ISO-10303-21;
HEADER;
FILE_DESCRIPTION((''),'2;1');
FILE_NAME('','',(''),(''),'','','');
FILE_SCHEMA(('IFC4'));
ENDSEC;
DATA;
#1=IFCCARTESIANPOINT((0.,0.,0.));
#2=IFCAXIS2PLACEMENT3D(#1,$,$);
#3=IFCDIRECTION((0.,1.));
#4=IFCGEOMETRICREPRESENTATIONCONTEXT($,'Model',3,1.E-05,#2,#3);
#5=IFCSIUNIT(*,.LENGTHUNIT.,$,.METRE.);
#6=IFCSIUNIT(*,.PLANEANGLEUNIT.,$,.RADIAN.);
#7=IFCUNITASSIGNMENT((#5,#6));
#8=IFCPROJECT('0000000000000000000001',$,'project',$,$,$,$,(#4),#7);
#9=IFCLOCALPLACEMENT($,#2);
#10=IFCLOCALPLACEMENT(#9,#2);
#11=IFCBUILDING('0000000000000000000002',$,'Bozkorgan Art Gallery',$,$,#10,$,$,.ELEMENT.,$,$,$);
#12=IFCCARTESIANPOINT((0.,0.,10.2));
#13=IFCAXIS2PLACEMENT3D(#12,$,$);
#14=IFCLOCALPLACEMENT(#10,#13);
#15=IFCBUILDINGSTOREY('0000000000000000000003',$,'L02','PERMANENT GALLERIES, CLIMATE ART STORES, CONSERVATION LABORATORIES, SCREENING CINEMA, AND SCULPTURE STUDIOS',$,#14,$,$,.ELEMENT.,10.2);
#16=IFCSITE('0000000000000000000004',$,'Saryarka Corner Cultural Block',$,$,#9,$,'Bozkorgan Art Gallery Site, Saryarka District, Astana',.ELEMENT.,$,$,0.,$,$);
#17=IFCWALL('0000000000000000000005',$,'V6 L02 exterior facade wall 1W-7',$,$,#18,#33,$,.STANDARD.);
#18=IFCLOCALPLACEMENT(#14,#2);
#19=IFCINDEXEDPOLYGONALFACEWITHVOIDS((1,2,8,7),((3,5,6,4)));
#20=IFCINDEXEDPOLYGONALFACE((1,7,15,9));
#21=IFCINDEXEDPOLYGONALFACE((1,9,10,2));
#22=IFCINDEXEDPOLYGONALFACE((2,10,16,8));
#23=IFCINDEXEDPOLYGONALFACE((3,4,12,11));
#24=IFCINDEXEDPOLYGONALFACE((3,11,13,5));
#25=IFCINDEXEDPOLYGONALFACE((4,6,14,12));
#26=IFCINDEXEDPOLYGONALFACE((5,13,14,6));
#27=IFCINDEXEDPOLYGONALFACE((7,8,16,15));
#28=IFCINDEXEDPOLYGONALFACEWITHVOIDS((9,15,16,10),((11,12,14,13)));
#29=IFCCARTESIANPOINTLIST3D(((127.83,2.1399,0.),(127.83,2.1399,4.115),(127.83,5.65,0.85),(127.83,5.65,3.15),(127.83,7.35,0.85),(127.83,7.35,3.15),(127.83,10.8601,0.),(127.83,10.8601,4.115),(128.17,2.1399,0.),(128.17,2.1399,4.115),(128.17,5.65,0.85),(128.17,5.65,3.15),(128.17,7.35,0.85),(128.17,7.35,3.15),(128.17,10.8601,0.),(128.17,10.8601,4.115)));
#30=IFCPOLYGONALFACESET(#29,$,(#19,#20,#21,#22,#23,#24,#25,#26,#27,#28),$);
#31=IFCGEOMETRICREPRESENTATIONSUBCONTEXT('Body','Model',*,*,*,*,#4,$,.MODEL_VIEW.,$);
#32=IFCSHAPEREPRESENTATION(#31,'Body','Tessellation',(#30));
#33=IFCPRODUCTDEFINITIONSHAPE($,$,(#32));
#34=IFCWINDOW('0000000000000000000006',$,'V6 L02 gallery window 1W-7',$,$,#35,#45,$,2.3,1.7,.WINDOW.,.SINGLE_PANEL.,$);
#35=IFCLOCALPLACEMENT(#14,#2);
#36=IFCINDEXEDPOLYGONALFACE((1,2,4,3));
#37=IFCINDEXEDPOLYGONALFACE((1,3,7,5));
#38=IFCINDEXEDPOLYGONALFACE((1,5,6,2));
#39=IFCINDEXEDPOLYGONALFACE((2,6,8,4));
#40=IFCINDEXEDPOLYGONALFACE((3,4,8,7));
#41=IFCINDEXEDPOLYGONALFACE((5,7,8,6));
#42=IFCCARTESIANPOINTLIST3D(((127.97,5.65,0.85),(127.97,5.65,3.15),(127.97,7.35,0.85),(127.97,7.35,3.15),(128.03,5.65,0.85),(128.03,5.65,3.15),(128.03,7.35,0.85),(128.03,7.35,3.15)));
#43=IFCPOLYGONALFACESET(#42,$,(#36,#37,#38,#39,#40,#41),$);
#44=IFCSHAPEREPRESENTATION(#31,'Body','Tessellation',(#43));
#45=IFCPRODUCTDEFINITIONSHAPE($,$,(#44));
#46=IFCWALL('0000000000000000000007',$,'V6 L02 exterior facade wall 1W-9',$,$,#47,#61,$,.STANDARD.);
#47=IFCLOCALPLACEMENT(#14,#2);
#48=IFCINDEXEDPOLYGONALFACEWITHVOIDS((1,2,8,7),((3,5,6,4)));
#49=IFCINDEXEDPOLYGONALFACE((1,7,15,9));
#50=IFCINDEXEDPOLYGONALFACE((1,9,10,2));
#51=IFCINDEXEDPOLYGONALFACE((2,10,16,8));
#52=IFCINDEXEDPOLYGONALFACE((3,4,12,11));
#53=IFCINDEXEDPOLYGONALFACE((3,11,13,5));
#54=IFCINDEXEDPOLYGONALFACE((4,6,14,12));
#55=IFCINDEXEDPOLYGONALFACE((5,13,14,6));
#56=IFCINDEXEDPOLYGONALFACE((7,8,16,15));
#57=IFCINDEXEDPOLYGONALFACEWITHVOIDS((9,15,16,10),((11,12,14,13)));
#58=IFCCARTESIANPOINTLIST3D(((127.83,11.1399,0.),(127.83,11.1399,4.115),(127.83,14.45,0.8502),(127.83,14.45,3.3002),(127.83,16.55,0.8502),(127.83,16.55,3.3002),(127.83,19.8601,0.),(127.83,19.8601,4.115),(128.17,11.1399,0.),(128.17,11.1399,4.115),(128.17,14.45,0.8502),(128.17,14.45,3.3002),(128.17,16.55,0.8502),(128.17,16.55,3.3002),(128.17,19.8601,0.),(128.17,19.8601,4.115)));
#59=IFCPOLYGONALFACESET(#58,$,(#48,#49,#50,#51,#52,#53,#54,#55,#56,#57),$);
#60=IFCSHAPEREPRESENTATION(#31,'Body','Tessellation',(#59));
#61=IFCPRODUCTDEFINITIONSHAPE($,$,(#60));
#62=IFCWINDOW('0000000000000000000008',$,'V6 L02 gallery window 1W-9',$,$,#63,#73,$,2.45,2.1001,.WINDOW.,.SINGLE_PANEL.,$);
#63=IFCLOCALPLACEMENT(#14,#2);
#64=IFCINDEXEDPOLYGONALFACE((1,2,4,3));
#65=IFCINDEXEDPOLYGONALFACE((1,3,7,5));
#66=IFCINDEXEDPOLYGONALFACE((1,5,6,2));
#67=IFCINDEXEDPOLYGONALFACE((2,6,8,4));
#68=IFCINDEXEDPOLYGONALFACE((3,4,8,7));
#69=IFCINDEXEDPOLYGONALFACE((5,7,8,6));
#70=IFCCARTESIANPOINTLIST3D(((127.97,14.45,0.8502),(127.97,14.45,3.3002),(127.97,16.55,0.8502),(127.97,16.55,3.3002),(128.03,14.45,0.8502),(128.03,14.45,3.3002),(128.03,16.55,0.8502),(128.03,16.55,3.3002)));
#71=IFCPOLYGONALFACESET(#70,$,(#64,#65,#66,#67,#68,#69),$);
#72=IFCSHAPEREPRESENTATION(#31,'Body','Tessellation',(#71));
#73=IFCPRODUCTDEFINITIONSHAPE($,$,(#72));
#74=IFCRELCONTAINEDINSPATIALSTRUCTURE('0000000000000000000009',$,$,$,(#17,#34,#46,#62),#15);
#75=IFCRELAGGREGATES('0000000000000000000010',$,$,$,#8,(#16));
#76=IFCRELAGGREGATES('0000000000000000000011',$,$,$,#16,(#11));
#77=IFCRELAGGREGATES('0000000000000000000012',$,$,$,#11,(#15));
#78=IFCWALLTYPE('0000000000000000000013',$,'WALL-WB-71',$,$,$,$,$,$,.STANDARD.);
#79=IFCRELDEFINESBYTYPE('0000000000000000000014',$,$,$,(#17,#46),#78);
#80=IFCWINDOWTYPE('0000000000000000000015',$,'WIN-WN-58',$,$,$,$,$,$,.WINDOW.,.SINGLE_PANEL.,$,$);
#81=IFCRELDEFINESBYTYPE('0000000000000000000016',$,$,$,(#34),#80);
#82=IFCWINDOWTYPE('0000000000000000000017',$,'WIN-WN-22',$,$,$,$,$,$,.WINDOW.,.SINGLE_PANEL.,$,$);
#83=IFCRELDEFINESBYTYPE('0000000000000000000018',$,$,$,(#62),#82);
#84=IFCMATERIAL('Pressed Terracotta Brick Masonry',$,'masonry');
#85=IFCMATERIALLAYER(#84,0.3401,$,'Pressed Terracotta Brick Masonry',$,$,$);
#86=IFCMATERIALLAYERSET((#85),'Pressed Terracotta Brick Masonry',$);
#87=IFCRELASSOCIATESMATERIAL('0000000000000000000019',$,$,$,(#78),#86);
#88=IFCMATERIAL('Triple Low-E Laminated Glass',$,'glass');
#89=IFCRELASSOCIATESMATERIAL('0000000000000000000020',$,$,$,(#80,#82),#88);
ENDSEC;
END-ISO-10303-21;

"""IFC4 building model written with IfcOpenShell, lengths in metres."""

from ifc_helpers import new_model, si_unit, direction, frame, frame_2d, origin, place, context, subcontext, project, spatial, rectangle, extrude, material, layer, layer_set, type_object, element, fill, save


model = new_model("IFC4")

# Units and contexts
model_context = context("Model", 3, precision=1e-05, world=origin(), true_north=direction((0.0, 1.0)))
body_context = subcontext(model_context, "Body", "Model", "MODEL_VIEW")
ifc_project = project(units=[si_unit("LENGTHUNIT", "METRE"), si_unit("PLANEANGLEUNIT", "RADIAN")], contexts=[model_context])

# Site, building, storey
site_placement = place(None, origin())
site = spatial("IfcSite", under=ifc_project, at=site_placement, Name="Saryarka Corner Cultural Block", LongName="Bozkorgan Art Gallery Site, Saryarka District, Astana", CompositionType="ELEMENT", RefElevation=0.0)
building_placement = place(site_placement, origin())
building = spatial("IfcBuilding", under=site, at=building_placement, Name="Bozkorgan Art Gallery", CompositionType="ELEMENT")
storey_placement = place(building_placement, frame((0.0, 0.0, 10.2)))
storey = spatial("IfcBuildingStorey", under=building, at=storey_placement, Name="L02", Description="PERMANENT GALLERIES, CLIMATE ART STORES, CONSERVATION LABORATORIES, SCREENING CINEMA, AND SCULPTURE STUDIOS", CompositionType="ELEMENT", Elevation=10.2)

# Shared definitions
ifc_material_1 = material(Name="Triple Low-E Laminated Glass", Category="glass")

# Walls, openings, windows
ifc_material_2 = material(Name="Pressed Terracotta Brick Masonry", Category="masonry")
ifc_layer_1 = layer(ifc_material_2, 0.3401, Name="Pressed Terracotta Brick Masonry")
ifc_layer_set_1 = layer_set([ifc_layer_1], Name="Pressed Terracotta Brick Masonry")
wall_type_1 = type_object("IfcWallType", Name="WALL-WB-71", PredefinedType="STANDARD", material=ifc_layer_set_1)
wall_1_placement = place(storey_placement, frame((128.0, 2.1399, 0.0), z_axis=(0.0, 0.0, 1.0), x_axis=(0.0, 1.0, 0.0)))
wall_1 = element("IfcWall", 1, at=wall_1_placement, inside=storey, type_object=wall_type_1, Name="V6 L02 exterior facade wall 1W-7", PredefinedType="STANDARD", context=body_context, shape_type="SweptSolid", body=[
    extrude(rectangle(XDim=8.7202, YDim=0.3401, at=frame_2d((4.3601, 0.0))), origin(), (0.0, 0.0, 1.0), 4.115),
])
opening_1_placement = place(wall_1_placement, frame((3.51, 0.0, 0.8501)))
opening_1 = element("IfcOpeningElement", 2, at=opening_1_placement, cuts=wall_1, PredefinedType="OPENING", context=body_context, shape_type="SweptSolid", body=[
    extrude(rectangle(XDim=1.7, YDim=2.3, at=frame_2d((0.8501, 1.1499))), frame((0.0, 0.1802, 0.0), z_axis=(0.0, -1.0, 0.0), x_axis=(1.0, 0.0, 0.0)), (0.0, 0.0, 1.0), 0.3601),
])
window_type_1 = type_object("IfcWindowType", Name="WIN-WN-58", PartitioningType="SINGLE_PANEL", PredefinedType="WINDOW", material=ifc_material_1)
window_1_placement = place(opening_1_placement, origin())
window_1 = element("IfcWindow", 3, at=window_1_placement, inside=storey, type_object=window_type_1, Name="V6 L02 gallery window 1W-7", OverallHeight=2.3, OverallWidth=1.7, PartitioningType="SINGLE_PANEL", PredefinedType="WINDOW", context=body_context, shape_type="SweptSolid", body=[
    extrude(rectangle(XDim=1.7, YDim=2.3, at=frame_2d((0.8501, 1.1499))), frame((0.0, 0.03, 0.0), z_axis=(0.0, -1.0, 0.0), x_axis=(1.0, 0.0, 0.0)), (0.0, 0.0, 1.0), 0.0601),
])
fill(opening_1, window_1)
wall_2_placement = place(storey_placement, frame((128.0, 11.1399, 0.0), z_axis=(0.0, 0.0, 1.0), x_axis=(0.0, 1.0, 0.0)))
wall_2 = element("IfcWall", 4, at=wall_2_placement, inside=storey, type_object=wall_type_1, Name="V6 L02 exterior facade wall 1W-9", PredefinedType="STANDARD", context=body_context, shape_type="SweptSolid", body=[
    extrude(rectangle(XDim=8.7202, YDim=0.3401, at=frame_2d((4.3601, 0.0))), origin(), (0.0, 0.0, 1.0), 4.115),
])
opening_2_placement = place(wall_2_placement, frame((3.3101, 0.0, 0.8501)))
opening_2 = element("IfcOpeningElement", 5, at=opening_2_placement, cuts=wall_2, PredefinedType="OPENING", context=body_context, shape_type="SweptSolid", body=[
    extrude(rectangle(XDim=2.1001, YDim=2.45, at=frame_2d((1.05, 1.2251))), frame((0.0, 0.1802, 0.0), z_axis=(0.0, -1.0, 0.0), x_axis=(1.0, 0.0, 0.0)), (0.0, 0.0, 1.0), 0.3601),
])
window_type_2 = type_object("IfcWindowType", Name="WIN-WN-22", PartitioningType="SINGLE_PANEL", PredefinedType="WINDOW", material=ifc_material_1)
window_2_placement = place(opening_2_placement, origin())
window_2 = element("IfcWindow", 6, at=window_2_placement, inside=storey, type_object=window_type_2, Name="V6 L02 gallery window 1W-9", OverallHeight=2.45, OverallWidth=2.1001, PartitioningType="SINGLE_PANEL", PredefinedType="WINDOW", context=body_context, shape_type="SweptSolid", body=[
    extrude(rectangle(XDim=2.1001, YDim=2.45, at=frame_2d((1.05, 1.2251))), frame((0.0, 0.03, 0.0), z_axis=(0.0, -1.0, 0.0), x_axis=(1.0, 0.0, 0.0)), (0.0, 0.0, 1.0), 0.0601),
])
fill(opening_2, window_2)

save(model, "model.ifc")
